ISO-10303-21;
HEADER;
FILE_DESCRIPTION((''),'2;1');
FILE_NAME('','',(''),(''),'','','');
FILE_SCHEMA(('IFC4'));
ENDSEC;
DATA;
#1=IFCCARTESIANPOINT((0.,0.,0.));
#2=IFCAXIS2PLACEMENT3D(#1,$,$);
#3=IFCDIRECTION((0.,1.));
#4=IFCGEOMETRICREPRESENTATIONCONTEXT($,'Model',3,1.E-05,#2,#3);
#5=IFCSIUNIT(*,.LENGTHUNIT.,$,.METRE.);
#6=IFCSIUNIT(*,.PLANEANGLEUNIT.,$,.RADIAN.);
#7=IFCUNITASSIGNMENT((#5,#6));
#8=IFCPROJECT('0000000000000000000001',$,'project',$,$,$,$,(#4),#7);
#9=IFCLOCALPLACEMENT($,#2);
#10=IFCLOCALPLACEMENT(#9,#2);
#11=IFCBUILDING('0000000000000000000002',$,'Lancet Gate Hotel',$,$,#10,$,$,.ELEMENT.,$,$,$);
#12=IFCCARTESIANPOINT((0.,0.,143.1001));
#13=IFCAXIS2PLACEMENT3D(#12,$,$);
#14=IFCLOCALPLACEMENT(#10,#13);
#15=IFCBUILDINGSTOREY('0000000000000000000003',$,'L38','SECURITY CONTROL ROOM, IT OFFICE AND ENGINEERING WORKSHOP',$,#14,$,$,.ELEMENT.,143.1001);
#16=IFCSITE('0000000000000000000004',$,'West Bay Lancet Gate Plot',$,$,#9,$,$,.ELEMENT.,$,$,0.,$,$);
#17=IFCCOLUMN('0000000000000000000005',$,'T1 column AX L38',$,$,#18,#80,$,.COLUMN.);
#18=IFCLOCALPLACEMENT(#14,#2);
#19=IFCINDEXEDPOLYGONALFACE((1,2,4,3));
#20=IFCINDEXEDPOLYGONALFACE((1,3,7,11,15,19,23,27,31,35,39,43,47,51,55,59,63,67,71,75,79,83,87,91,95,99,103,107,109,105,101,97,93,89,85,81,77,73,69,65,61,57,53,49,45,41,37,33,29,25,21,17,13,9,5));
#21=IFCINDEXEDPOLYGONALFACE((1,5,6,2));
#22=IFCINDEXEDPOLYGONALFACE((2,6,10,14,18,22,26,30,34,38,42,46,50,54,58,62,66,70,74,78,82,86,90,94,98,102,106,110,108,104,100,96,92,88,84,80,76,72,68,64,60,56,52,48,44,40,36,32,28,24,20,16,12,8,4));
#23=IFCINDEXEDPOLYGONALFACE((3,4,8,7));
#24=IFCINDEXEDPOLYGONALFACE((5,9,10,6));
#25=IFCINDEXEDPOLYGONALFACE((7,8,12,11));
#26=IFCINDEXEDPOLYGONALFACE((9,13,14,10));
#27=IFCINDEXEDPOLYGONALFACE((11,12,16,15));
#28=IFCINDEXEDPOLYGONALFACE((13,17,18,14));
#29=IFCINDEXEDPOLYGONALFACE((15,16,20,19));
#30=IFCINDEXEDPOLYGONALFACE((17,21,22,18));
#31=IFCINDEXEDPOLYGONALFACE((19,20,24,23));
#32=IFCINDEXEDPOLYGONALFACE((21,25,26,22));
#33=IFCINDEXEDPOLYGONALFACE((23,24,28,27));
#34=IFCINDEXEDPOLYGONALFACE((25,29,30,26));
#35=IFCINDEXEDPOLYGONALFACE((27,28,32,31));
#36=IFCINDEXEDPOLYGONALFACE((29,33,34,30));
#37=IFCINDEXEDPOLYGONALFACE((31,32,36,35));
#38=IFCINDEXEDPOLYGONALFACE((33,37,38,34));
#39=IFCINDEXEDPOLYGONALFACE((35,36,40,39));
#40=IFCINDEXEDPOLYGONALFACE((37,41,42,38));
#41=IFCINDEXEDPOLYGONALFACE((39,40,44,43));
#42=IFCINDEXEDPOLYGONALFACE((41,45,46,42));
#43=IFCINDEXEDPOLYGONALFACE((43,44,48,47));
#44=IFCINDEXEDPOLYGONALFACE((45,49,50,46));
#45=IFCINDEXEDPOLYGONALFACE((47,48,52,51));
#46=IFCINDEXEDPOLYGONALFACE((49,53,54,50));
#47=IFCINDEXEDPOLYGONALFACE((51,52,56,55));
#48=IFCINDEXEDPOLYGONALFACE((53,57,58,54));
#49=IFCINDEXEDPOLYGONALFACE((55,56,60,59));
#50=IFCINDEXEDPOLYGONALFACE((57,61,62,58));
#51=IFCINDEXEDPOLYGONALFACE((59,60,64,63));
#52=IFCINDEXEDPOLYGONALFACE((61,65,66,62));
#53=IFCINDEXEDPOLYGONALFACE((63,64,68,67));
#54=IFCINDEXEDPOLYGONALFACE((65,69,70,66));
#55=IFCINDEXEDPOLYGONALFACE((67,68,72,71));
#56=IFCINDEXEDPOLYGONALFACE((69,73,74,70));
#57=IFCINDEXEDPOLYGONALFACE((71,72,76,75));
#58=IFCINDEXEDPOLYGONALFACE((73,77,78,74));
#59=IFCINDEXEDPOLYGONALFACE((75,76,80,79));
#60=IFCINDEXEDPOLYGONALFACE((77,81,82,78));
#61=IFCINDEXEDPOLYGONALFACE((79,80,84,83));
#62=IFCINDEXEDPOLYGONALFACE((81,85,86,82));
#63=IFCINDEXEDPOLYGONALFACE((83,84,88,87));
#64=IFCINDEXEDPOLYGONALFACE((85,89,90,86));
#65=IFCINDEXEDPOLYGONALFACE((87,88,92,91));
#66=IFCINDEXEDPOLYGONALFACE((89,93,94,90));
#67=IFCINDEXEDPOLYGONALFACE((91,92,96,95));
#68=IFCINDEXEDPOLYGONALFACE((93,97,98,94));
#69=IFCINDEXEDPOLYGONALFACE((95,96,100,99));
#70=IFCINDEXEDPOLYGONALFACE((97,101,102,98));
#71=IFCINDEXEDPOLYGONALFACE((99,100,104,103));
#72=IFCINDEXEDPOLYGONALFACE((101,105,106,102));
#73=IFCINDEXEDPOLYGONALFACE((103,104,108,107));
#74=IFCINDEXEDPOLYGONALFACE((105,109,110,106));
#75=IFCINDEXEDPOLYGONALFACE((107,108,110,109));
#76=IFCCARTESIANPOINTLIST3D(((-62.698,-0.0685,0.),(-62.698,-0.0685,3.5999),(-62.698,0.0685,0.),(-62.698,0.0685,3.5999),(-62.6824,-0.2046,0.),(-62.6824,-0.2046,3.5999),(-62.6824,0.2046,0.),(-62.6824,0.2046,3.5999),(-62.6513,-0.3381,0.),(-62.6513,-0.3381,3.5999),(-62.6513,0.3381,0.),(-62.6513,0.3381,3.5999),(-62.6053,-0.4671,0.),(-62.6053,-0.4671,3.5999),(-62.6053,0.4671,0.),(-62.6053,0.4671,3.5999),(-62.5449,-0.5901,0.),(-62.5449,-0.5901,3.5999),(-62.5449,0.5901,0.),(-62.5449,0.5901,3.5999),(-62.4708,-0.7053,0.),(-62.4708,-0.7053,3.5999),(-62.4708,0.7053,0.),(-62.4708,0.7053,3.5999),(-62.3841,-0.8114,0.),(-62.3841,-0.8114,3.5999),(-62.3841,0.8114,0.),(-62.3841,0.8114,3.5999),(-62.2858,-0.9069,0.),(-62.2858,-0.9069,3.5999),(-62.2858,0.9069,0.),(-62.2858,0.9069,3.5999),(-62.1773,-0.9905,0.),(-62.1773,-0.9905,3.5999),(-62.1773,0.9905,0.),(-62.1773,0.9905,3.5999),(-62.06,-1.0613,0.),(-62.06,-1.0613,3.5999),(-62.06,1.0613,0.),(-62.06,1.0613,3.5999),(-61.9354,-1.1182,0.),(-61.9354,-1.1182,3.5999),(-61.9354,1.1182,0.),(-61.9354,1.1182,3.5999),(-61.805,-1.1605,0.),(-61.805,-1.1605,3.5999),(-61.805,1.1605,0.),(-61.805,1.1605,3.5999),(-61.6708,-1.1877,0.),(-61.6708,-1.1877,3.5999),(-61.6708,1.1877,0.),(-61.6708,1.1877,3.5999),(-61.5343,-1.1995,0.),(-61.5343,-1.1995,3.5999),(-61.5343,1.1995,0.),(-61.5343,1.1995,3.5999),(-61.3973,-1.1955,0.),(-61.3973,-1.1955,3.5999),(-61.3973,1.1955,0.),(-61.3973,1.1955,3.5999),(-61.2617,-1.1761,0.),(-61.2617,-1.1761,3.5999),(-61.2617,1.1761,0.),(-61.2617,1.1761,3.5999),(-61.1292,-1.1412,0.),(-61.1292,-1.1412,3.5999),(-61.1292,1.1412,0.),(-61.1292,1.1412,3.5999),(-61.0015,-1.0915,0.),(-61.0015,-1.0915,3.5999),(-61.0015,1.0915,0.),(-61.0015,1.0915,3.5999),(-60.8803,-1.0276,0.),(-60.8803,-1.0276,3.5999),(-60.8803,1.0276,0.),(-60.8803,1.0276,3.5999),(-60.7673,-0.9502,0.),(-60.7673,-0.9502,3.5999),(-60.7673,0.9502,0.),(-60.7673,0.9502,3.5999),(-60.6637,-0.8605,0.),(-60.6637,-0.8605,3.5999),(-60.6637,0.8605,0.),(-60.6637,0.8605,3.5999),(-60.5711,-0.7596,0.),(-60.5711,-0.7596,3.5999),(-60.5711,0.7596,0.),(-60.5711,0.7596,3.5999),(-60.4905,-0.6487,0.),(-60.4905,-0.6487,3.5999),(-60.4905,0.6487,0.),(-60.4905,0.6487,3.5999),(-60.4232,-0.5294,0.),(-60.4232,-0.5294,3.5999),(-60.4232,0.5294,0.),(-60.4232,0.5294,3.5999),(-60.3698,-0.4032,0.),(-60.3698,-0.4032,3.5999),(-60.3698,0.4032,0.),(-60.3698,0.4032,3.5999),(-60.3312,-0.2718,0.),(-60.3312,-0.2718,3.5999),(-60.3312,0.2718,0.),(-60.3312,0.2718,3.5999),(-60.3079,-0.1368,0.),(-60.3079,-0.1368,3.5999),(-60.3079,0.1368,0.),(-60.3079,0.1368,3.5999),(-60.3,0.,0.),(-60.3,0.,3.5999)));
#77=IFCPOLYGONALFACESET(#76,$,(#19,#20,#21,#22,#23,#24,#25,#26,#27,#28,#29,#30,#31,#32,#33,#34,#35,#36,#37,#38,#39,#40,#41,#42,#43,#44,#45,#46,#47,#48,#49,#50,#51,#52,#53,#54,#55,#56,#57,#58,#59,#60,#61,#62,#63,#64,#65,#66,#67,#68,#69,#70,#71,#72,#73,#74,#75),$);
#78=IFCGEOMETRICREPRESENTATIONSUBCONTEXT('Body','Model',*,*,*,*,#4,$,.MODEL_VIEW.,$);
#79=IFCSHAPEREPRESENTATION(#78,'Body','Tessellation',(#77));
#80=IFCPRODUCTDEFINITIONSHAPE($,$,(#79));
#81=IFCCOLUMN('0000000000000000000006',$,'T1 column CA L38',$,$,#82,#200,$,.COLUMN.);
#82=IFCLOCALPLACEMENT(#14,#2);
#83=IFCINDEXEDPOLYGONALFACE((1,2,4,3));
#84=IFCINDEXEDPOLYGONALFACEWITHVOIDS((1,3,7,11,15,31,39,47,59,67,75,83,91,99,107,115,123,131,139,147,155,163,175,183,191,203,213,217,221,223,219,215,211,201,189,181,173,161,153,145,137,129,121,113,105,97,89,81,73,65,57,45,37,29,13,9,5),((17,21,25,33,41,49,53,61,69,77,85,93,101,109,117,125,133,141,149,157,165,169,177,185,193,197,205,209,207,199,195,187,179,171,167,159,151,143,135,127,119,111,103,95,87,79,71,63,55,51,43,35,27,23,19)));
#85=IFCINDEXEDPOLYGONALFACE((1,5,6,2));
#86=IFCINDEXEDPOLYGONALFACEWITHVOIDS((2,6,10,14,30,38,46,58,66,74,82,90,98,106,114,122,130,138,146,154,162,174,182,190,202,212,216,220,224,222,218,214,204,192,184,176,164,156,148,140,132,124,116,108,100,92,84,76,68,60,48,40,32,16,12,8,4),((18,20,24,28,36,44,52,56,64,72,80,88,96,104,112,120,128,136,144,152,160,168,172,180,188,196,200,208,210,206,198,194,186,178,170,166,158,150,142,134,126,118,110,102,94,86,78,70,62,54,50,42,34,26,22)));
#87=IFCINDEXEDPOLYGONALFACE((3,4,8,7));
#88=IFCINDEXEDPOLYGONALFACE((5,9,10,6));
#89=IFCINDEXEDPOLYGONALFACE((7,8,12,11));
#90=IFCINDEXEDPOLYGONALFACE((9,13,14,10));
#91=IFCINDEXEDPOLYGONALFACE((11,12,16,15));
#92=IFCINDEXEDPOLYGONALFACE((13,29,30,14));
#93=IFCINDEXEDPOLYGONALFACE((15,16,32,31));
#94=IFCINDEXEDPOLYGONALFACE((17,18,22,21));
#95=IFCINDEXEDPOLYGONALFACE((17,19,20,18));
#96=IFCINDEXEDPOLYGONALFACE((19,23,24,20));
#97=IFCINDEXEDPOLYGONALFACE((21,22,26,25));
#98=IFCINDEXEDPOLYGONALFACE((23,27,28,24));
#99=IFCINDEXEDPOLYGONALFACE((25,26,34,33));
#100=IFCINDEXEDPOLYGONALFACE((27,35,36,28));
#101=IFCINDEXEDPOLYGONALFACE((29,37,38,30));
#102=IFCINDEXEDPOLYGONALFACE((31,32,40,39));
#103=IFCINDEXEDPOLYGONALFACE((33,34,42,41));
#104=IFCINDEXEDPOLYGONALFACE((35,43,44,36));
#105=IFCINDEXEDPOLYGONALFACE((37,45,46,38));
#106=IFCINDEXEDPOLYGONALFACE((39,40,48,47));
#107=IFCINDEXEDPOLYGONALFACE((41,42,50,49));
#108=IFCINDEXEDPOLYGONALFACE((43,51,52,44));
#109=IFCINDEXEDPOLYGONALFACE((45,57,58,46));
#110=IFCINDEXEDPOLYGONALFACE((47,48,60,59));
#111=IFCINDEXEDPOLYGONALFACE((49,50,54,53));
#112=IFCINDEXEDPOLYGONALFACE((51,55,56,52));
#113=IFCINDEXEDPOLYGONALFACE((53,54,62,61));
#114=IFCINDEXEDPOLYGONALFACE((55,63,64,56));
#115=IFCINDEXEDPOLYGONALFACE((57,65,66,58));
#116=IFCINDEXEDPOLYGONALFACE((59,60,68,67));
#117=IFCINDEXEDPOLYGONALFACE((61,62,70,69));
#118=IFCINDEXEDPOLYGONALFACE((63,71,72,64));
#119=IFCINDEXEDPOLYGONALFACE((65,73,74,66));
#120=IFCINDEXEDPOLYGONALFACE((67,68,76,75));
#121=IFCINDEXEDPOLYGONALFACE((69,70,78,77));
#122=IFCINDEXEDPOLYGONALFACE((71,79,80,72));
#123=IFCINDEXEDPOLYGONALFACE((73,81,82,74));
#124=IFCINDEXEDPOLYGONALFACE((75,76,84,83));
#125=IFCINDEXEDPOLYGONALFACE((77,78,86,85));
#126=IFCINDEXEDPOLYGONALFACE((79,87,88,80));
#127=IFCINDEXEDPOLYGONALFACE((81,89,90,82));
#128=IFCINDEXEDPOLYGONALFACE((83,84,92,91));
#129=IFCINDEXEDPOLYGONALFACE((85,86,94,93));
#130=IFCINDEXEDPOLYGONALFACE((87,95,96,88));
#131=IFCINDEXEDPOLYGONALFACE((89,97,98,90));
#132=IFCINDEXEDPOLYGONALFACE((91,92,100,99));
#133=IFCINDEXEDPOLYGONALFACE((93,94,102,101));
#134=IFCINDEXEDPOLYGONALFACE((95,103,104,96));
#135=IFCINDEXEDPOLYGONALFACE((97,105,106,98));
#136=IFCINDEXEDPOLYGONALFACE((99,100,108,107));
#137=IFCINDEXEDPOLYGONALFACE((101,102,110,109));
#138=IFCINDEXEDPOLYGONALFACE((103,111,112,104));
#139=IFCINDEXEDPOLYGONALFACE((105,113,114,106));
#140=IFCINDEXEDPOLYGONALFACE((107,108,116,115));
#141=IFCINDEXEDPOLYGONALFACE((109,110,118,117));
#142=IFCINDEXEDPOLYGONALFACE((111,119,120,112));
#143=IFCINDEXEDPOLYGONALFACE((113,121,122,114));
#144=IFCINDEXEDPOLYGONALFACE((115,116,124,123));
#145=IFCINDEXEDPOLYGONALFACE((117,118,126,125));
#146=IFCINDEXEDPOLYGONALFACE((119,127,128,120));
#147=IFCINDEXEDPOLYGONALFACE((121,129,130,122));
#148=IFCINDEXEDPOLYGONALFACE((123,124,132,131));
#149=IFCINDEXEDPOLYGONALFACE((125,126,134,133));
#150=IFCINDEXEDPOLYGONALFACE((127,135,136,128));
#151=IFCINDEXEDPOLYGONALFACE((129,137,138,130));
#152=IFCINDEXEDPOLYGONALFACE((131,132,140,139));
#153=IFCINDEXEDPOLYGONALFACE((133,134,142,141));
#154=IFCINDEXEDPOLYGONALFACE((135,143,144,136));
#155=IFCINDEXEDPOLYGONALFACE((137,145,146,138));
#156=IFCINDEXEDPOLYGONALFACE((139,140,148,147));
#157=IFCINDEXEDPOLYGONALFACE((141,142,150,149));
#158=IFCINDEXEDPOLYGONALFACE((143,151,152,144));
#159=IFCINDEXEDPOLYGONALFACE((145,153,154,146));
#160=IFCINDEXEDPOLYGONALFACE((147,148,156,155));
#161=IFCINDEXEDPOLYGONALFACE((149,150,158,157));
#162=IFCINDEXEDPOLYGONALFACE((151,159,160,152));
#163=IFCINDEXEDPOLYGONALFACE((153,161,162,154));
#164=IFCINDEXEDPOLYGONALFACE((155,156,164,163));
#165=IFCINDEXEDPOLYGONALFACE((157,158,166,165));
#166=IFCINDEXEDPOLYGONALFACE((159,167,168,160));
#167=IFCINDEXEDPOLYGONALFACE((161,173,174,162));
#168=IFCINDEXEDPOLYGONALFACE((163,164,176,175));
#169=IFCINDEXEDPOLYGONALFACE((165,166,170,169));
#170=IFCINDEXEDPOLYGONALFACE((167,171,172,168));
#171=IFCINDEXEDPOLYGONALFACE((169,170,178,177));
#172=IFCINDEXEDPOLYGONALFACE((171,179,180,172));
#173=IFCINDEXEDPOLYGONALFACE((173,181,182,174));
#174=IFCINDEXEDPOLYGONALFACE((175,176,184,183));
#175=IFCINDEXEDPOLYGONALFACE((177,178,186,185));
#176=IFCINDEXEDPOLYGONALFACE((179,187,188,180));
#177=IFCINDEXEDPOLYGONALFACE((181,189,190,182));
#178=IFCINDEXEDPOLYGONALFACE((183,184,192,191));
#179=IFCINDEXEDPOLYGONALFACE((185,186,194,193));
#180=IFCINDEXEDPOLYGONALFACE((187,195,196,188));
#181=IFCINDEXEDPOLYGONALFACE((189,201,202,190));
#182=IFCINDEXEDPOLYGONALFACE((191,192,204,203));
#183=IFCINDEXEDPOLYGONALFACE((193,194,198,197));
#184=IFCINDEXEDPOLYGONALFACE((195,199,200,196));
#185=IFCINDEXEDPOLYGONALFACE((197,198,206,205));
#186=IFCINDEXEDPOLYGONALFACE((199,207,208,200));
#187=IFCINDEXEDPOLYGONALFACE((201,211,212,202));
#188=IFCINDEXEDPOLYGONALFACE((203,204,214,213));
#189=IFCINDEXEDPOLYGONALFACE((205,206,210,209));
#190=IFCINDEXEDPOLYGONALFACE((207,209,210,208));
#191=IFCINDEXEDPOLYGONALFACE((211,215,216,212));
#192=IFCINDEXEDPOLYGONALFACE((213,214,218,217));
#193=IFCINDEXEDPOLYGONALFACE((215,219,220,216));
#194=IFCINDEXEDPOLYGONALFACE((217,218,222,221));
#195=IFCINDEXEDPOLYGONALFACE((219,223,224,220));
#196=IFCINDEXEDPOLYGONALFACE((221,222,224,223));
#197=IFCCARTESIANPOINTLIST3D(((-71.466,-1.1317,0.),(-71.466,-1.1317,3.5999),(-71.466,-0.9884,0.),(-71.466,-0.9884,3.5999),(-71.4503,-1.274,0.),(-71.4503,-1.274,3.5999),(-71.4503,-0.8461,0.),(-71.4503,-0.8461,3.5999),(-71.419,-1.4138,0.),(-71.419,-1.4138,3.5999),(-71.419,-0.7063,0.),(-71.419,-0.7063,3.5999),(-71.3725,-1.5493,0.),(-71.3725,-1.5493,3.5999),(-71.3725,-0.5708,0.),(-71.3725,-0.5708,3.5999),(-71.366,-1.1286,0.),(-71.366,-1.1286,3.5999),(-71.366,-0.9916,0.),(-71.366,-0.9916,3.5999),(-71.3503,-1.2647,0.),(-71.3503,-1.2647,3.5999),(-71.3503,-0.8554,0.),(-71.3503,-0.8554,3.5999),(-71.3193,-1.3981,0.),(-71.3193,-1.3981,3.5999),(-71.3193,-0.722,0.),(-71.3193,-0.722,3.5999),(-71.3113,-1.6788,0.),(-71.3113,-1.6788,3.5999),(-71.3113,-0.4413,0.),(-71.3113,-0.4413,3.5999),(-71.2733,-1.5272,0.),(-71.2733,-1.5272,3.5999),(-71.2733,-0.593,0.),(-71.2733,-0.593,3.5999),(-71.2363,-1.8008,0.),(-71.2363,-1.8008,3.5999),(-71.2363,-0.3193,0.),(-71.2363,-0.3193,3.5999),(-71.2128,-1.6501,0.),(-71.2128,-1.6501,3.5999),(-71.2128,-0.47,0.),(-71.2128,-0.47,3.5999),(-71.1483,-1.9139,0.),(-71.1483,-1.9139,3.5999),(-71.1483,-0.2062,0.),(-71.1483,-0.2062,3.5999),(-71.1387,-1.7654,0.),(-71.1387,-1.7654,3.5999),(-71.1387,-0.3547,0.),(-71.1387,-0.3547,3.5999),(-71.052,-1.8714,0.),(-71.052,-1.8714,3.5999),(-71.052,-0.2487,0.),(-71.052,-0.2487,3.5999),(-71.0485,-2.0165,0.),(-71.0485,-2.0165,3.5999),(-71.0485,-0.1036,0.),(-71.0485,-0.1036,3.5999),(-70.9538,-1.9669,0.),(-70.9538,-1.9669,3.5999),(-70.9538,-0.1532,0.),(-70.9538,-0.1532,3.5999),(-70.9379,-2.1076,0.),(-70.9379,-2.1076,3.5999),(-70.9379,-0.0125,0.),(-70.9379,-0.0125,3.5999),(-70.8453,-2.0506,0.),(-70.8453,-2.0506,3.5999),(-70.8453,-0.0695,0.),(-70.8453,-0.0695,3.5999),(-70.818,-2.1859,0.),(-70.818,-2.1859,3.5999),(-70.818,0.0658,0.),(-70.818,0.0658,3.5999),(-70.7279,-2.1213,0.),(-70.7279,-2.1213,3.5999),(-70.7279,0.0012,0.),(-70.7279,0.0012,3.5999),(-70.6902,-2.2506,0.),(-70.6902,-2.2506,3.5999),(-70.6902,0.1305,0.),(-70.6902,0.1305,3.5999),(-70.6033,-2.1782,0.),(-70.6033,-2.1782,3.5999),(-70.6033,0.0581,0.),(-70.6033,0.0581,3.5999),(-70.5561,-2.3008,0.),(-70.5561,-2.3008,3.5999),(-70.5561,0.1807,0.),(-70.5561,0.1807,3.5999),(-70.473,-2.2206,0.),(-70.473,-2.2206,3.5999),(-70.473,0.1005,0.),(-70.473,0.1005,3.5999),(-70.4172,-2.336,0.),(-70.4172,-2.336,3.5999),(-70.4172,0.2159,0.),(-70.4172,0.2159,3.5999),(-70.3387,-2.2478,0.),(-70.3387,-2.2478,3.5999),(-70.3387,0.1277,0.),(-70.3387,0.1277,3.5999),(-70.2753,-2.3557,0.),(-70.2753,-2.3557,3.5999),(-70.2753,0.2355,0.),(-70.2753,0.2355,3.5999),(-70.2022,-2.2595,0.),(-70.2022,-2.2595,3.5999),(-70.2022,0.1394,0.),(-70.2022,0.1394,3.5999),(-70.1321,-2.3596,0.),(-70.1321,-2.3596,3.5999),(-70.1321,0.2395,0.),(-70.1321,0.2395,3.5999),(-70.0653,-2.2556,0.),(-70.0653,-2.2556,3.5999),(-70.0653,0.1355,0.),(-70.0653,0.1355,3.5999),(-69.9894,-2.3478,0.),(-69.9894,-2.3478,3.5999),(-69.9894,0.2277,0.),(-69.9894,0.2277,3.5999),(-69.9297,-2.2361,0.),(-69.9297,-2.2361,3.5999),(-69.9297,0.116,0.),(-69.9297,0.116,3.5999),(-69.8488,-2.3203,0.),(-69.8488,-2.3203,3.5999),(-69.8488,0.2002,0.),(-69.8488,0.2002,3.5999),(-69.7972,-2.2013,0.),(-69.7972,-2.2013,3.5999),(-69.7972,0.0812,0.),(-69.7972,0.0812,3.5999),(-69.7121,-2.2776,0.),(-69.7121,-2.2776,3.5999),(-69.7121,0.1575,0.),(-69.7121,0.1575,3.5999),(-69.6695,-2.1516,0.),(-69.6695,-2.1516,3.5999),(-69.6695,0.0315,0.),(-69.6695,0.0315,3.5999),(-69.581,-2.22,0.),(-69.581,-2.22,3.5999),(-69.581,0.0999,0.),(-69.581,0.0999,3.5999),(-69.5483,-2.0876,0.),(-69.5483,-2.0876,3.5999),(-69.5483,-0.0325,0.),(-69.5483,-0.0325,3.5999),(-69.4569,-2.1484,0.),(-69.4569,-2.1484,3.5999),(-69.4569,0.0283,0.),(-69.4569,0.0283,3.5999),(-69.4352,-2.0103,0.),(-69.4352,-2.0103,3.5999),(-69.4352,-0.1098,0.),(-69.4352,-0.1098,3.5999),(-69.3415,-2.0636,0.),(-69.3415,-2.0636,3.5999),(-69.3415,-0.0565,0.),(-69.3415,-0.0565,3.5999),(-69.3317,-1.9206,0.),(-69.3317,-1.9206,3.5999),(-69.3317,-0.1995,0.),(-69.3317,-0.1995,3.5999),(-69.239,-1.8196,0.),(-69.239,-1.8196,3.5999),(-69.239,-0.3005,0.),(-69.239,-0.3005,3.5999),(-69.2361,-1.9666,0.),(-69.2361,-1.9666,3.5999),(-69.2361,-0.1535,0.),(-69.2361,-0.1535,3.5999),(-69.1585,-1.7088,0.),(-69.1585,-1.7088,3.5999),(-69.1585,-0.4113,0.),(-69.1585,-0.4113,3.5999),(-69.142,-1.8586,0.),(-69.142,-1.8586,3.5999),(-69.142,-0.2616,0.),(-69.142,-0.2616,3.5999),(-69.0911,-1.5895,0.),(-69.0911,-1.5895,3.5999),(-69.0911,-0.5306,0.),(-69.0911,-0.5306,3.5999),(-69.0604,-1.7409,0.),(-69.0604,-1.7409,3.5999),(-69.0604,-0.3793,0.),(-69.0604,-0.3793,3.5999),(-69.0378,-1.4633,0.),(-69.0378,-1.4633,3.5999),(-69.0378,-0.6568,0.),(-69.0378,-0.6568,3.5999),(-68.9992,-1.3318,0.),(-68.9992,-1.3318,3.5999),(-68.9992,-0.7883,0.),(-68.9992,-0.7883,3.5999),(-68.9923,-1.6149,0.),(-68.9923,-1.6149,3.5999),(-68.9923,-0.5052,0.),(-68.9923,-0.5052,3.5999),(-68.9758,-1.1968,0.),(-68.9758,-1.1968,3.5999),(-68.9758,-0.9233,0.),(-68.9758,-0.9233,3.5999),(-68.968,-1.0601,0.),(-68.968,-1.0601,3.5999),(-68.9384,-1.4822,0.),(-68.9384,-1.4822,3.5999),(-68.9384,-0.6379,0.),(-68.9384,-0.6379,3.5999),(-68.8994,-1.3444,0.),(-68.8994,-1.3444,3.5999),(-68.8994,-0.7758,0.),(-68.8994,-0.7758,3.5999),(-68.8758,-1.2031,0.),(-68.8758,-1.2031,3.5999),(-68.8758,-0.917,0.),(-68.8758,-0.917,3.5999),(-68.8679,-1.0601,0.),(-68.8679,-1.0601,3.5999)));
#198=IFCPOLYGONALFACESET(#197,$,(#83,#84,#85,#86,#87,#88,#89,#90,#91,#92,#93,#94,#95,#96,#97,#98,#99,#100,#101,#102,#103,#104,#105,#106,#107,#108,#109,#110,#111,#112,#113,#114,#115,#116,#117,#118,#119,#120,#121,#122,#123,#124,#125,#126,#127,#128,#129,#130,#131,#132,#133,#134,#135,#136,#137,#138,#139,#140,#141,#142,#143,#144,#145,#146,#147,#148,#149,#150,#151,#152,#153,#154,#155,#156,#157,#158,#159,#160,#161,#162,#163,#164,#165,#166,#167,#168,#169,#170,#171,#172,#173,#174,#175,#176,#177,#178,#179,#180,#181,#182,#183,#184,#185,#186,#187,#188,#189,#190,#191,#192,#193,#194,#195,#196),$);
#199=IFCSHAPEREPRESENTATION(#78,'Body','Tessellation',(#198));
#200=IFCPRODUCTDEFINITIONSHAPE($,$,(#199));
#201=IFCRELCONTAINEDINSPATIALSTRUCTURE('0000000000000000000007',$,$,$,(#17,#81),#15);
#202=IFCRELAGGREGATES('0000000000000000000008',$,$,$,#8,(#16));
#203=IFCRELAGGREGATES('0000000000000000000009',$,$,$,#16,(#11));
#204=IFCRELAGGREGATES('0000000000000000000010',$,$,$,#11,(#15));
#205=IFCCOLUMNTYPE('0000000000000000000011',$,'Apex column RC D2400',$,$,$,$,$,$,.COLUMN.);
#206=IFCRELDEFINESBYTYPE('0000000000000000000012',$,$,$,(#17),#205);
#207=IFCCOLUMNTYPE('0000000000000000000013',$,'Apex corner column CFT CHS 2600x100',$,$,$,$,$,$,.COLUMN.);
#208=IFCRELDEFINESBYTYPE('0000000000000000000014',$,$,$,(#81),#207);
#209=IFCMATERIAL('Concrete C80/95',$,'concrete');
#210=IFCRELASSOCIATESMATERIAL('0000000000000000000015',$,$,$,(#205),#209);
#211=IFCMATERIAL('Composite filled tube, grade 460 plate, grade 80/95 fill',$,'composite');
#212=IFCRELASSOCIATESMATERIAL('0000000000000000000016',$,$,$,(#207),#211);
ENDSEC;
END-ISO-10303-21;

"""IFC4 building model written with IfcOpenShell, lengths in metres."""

from ifc_helpers import new_model, si_unit, direction, frame, origin, origin_2d, place, context, subcontext, project, spatial, circle, hollow_circle, extrude, material, material_profile, profile_set, type_object, element, save


model = new_model("IFC4")

# Units and contexts
model_context = context("Model", 3, precision=1e-05, world=origin(), true_north=direction((0.0, 1.0)))
body_context = subcontext(model_context, "Body", "Model", "MODEL_VIEW")
ifc_project = project(units=[si_unit("LENGTHUNIT", "METRE"), si_unit("PLANEANGLEUNIT", "RADIAN")], contexts=[model_context])

# Site, building, storey
site_placement = place(None, origin())
site = spatial("IfcSite", under=ifc_project, at=site_placement, Name="West Bay Lancet Gate Plot", CompositionType="ELEMENT", RefElevation=0.0)
building_placement = place(site_placement, origin())
building = spatial("IfcBuilding", under=site, at=building_placement, Name="Lancet Gate Hotel", CompositionType="ELEMENT")
storey_placement = place(building_placement, frame((0.0, 0.0, 143.1001)))
storey = spatial("IfcBuildingStorey", under=building, at=storey_placement, Name="L38", Description="SECURITY CONTROL ROOM, IT OFFICE AND ENGINEERING WORKSHOP", CompositionType="ELEMENT", Elevation=143.1001)

# Columns
ifc_material_1 = material(Name="Concrete C80/95", Category="concrete")
ifc_material_profile_1 = material_profile(ifc_material_1, circle(Radius=1.2, at=origin_2d()), Name="RC D2400")
ifc_profile_set_1 = profile_set([ifc_material_profile_1], Name="Concrete C80/95")
column_type_1 = type_object("IfcColumnType", Name="Apex column RC D2400", PredefinedType="COLUMN", material=ifc_profile_set_1)
column_1_placement = place(storey_placement, frame((-61.5, 0.0, 0.0), z_axis=(0.0, 0.0, 1.0), x_axis=(1.0, 0.0, 0.0)))
element("IfcColumn", 1, at=column_1_placement, inside=storey, type_object=column_type_1, Name="T1 column AX L38", PredefinedType="COLUMN", context=body_context, shape_type="SweptSolid", body=[
    extrude(circle(Radius=1.2, at=origin_2d()), origin(), (0.0, 0.0, 1.0), 3.5999),
])
ifc_material_2 = material(Name="Composite filled tube, grade 460 plate, grade 80/95 fill", Category="composite")
ifc_material_profile_2 = material_profile(ifc_material_2, hollow_circle(Radius=1.3, WallThickness=0.1001, at=origin_2d()), Name="CHS 2600x100")
ifc_profile_set_2 = profile_set([ifc_material_profile_2], Name="Composite filled tube, grade 460 plate, grade 80/95 fill")
column_type_2 = type_object("IfcColumnType", Name="Apex corner column CFT CHS 2600x100", PredefinedType="COLUMN", material=ifc_profile_set_2)
column_2_placement = place(storey_placement, frame((-70.168, -1.0601, 0.0), z_axis=(0.0, 0.0, 1.0), x_axis=(1.0, 0.0, 0.0)))
element("IfcColumn", 2, at=column_2_placement, inside=storey, type_object=column_type_2, Name="T1 column CA L38", PredefinedType="COLUMN", context=body_context, shape_type="SweptSolid", body=[
    extrude(hollow_circle(Radius=1.3, WallThickness=0.1001, at=origin_2d()), origin(), (0.0, 0.0, 1.0), 3.5999),
])

save(model, "model.ifc")
